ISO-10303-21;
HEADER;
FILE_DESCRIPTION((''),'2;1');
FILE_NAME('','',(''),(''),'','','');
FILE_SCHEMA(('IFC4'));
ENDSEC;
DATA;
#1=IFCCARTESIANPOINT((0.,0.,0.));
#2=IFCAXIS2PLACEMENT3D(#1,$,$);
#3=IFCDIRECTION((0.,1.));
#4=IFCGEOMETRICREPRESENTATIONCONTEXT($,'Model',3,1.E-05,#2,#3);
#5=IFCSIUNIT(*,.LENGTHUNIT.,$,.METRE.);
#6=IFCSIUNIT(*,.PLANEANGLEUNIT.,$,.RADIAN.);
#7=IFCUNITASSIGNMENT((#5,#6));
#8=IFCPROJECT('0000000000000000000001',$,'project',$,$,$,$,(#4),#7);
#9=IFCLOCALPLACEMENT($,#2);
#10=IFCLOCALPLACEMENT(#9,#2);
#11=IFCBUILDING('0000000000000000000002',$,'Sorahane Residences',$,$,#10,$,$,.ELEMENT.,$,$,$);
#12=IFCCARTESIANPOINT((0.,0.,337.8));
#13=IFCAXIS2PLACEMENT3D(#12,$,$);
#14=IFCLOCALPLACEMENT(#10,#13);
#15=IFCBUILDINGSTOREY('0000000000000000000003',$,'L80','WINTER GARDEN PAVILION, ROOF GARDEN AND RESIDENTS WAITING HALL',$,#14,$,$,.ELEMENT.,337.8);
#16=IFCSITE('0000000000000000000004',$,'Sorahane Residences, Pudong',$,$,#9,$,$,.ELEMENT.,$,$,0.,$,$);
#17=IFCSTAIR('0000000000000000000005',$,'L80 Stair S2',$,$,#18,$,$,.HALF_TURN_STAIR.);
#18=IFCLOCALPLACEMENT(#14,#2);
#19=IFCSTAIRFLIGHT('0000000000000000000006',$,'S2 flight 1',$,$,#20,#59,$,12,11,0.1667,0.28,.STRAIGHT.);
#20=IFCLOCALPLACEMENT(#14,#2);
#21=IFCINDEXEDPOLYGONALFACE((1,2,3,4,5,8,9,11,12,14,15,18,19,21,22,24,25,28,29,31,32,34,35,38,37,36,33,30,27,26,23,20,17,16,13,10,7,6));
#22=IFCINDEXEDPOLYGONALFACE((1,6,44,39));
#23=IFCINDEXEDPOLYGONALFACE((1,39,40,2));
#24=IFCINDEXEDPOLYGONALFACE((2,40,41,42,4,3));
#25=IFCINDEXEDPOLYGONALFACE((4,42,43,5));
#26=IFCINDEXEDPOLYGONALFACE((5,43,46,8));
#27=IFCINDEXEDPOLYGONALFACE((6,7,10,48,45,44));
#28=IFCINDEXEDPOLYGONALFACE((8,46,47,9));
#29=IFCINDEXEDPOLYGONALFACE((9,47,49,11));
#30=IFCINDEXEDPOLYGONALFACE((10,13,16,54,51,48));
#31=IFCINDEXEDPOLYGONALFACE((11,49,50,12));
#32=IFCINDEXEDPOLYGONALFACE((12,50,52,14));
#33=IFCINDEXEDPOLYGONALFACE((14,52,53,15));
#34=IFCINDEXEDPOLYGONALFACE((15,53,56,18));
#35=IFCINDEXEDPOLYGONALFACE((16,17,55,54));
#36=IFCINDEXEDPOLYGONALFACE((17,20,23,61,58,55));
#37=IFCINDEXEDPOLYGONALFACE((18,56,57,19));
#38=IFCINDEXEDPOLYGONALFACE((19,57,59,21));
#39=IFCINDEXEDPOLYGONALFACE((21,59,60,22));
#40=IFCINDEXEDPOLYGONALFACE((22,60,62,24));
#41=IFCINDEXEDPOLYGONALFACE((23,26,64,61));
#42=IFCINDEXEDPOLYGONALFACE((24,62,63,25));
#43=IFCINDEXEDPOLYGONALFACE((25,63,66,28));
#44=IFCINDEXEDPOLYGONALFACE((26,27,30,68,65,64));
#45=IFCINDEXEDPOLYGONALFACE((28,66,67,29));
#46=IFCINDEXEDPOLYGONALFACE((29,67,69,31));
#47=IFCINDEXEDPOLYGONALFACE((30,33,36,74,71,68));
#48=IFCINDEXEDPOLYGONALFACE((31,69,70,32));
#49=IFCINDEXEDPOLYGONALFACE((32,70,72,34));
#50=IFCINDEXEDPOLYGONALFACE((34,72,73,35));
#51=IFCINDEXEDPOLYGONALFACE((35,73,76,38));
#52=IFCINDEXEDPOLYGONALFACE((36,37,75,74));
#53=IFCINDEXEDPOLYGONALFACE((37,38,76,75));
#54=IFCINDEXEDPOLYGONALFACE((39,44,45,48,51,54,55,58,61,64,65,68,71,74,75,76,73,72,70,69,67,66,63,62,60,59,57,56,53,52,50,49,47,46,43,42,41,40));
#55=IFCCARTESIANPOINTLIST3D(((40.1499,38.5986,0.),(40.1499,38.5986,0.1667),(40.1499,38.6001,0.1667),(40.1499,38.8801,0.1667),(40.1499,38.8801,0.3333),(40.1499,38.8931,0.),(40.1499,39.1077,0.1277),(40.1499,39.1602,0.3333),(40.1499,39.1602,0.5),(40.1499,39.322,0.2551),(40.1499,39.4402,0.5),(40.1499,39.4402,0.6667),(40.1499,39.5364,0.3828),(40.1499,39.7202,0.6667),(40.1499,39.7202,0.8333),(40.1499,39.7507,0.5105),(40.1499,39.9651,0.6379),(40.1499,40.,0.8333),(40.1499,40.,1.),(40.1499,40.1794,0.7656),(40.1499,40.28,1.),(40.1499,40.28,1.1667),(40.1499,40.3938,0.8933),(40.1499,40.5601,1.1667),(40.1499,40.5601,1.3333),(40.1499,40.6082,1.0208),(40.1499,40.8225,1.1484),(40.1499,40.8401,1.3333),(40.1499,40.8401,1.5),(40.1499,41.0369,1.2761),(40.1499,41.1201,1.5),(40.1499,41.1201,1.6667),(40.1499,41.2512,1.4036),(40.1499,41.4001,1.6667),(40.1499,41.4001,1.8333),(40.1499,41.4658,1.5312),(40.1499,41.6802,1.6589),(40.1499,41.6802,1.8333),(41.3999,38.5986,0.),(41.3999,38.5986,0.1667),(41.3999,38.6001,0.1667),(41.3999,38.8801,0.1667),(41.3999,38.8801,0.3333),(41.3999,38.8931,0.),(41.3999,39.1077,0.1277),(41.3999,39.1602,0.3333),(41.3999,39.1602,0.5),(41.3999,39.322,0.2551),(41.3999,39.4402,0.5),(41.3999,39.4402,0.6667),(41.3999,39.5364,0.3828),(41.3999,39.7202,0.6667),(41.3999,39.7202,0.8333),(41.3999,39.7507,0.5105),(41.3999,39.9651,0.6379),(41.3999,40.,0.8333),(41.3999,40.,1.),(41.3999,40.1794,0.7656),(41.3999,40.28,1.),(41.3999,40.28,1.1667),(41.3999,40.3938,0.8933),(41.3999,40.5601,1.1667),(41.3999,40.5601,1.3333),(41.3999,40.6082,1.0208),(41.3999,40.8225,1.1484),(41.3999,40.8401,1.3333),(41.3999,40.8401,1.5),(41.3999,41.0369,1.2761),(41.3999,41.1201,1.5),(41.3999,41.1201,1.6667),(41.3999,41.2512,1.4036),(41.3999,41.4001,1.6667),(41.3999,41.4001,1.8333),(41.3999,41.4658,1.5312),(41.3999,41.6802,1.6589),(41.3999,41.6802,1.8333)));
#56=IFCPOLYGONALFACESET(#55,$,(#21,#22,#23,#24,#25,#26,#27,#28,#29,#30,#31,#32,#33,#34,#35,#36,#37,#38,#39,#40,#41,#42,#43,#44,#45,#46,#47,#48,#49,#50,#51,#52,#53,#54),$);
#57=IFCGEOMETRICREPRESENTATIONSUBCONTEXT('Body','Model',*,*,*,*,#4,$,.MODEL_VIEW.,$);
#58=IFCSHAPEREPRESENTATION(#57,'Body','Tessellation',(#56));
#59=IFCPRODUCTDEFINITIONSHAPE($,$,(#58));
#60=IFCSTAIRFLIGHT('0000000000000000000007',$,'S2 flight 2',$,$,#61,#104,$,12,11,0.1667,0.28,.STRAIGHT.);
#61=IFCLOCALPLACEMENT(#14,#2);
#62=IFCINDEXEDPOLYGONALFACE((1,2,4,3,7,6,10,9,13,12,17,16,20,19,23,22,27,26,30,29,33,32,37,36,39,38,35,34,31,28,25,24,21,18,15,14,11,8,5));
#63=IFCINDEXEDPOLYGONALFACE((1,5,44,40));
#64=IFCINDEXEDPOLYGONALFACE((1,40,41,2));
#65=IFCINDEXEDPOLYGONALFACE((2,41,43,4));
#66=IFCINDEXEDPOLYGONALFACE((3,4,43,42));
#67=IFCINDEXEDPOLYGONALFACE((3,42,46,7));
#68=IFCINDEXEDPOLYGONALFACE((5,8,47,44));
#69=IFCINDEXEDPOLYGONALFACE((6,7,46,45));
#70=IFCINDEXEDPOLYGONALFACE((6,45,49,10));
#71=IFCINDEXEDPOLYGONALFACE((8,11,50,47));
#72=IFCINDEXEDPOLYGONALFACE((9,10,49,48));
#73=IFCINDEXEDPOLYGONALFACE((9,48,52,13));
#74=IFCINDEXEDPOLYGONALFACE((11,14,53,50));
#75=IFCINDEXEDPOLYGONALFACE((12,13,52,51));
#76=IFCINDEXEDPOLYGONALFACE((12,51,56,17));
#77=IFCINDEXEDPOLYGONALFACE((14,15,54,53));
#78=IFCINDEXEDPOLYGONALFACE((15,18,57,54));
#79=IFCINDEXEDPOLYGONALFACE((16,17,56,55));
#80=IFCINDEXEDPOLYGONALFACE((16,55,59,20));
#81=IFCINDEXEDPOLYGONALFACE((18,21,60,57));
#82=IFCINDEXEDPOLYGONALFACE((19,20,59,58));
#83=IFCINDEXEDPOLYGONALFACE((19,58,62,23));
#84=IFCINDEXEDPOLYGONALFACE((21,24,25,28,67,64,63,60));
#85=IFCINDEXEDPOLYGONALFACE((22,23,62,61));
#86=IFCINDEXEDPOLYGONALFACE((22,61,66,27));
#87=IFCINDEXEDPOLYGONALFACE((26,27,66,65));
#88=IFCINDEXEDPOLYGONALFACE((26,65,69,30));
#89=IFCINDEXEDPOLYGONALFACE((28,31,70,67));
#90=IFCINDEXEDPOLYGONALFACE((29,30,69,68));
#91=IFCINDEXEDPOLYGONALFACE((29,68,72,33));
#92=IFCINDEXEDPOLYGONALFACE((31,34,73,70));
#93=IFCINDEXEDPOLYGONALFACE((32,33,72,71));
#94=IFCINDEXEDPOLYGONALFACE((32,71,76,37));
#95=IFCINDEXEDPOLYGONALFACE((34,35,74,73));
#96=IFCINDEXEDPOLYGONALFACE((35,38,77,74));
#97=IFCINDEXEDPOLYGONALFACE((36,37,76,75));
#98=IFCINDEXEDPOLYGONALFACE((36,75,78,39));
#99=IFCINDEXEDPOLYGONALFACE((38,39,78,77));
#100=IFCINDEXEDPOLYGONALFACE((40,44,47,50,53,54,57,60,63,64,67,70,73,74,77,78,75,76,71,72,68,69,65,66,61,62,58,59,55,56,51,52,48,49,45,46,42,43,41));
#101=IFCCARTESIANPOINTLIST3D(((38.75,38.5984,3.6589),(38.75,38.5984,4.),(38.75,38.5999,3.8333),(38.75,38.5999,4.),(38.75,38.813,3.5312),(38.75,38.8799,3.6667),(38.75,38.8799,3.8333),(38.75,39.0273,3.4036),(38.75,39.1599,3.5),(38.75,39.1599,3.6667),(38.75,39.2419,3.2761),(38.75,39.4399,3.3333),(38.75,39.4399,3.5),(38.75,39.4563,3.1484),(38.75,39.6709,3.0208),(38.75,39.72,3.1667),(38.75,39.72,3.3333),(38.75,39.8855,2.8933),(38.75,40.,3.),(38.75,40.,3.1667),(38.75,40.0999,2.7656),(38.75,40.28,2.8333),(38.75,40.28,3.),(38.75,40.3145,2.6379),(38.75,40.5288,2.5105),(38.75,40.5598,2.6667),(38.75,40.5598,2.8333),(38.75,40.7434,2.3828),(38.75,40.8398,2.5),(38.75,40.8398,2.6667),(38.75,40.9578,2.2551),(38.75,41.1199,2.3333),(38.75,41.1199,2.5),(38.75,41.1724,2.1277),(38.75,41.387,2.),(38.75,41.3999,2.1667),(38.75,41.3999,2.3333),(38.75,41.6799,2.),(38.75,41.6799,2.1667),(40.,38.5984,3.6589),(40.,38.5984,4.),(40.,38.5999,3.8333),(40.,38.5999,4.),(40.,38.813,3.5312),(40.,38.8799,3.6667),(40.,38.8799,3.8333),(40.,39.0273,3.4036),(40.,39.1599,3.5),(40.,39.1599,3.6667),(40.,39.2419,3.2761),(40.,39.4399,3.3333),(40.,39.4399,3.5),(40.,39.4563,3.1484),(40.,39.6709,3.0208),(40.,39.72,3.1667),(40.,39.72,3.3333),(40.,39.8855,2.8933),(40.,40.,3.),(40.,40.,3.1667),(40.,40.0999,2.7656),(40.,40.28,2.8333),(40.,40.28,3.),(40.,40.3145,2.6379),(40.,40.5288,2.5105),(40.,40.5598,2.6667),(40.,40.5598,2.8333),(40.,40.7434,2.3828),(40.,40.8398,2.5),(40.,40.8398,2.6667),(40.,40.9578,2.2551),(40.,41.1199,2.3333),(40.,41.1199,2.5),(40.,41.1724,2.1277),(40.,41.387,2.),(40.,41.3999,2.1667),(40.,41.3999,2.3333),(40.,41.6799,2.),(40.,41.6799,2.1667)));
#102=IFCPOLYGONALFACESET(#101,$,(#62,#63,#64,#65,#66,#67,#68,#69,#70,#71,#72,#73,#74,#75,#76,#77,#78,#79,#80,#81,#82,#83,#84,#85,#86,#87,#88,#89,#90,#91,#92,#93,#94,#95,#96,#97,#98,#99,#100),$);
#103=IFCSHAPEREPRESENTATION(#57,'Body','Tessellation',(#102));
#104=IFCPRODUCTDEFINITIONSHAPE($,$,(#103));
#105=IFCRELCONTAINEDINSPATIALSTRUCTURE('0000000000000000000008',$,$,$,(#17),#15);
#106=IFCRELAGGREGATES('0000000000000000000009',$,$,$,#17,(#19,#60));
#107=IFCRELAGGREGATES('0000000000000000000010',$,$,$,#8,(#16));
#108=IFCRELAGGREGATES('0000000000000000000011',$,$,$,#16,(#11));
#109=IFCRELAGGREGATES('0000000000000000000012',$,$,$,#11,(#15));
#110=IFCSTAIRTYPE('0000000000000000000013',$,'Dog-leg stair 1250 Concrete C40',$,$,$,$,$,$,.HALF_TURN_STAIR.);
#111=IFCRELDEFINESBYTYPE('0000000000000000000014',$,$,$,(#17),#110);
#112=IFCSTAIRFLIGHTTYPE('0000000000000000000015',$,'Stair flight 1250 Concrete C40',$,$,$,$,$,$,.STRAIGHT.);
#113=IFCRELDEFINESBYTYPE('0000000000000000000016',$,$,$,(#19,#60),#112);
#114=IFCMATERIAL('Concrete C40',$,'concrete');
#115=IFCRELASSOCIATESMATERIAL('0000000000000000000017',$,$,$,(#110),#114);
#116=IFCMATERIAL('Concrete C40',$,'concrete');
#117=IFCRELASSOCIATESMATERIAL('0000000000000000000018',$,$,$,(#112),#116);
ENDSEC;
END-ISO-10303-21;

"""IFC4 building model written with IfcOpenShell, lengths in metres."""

from ifc_helpers import new_model, si_unit, direction, frame, origin, place, context, subcontext, project, spatial, polyline, outline, extrude, material, type_object, element, aggregate, save


model = new_model("IFC4")

# Units and contexts
model_context = context("Model", 3, precision=1e-05, world=origin(), true_north=direction((0.0, 1.0)))
body_context = subcontext(model_context, "Body", "Model", "MODEL_VIEW")
ifc_project = project(units=[si_unit("LENGTHUNIT", "METRE"), si_unit("PLANEANGLEUNIT", "RADIAN")], contexts=[model_context])

# Site, building, storey
site_placement = place(None, origin())
site = spatial("IfcSite", under=ifc_project, at=site_placement, Name="Sorahane Residences, Pudong", CompositionType="ELEMENT", RefElevation=0.0)
building_placement = place(site_placement, origin())
building = spatial("IfcBuilding", under=site, at=building_placement, Name="Sorahane Residences", CompositionType="ELEMENT")
storey_placement = place(building_placement, frame((0.0, 0.0, 337.8)))
storey = spatial("IfcBuildingStorey", under=building, at=storey_placement, Name="L80", Description="WINTER GARDEN PAVILION, ROOF GARDEN AND RESIDENTS WAITING HALL", CompositionType="ELEMENT", Elevation=337.8)

# Stair, stair flights
ifc_material_1 = material(Name="Concrete C40", Category="concrete")
stair_type = type_object("IfcStairType", Name="Dog-leg stair 1250 Concrete C40", PredefinedType="HALF_TURN_STAIR", material=ifc_material_1)
stair_placement = place(storey_placement, origin())
stair = element("IfcStair", 1, at=stair_placement, inside=storey, type_object=stair_type, Name="L80 Stair S2", PredefinedType="HALF_TURN_STAIR")
ifc_material_2 = material(Name="Concrete C40", Category="concrete")
stair_flight_type = type_object("IfcStairFlightType", Name="Stair flight 1250 Concrete C40", PredefinedType="STRAIGHT", material=ifc_material_2)
stair_flight_1_placement = place(storey_placement, frame((40.7749, 38.6001, 0.0), z_axis=(0.0, 0.0, 1.0), x_axis=(0.0, 1.0, 0.0)))
stair_flight_1 = element("IfcStairFlight", 2, at=stair_flight_1_placement, type_object=stair_flight_type, Name="S2 flight 1", NumberOfRisers=12, NumberOfTreads=11, PredefinedType="STRAIGHT", RiserHeight=0.1667, TreadLength=0.28, context=body_context, shape_type="SweptSolid", body=[
    extrude(outline(polyline([(-0.0015, 0.0), (-0.0015, 0.1667), (0.0, 0.1667), (0.28, 0.1667), (0.28, 0.3333), (0.5601, 0.3333), (0.5601, 0.5), (0.8401, 0.5), (0.8401, 0.6667), (1.1201, 0.6667), (1.1201, 0.8333), (1.3999, 0.8333), (1.3999, 1.0), (1.6799, 1.0), (1.6799, 1.1667), (1.96, 1.1667), (1.96, 1.3333), (2.24, 1.3333), (2.24, 1.5), (2.52, 1.5), (2.52, 1.6667), (2.8, 1.6667), (2.8, 1.8333), (3.0801, 1.8333), (3.0801, 2.0), (3.0801, 1.6589), (2.8657, 1.5312), (2.6511, 1.4036), (2.4368, 1.2761), (2.2224, 1.1484), (2.0081, 1.0208), (1.7937, 0.8933), (1.5793, 0.7656), (1.365, 0.6379), (1.1506, 0.5105), (0.9363, 0.3828), (0.7219, 0.2551), (0.5076, 0.1277), (0.293, 0.0), (-0.0015, 0.0)])), frame((0.0, 0.625, 0.0), z_axis=(0.0, -1.0, 0.0), x_axis=(1.0, 0.0, 0.0)), (0.0, 0.0, 1.0), 1.25),
])
stair_flight_2_placement = place(storey_placement, frame((39.375, 41.6799, 2.0), z_axis=(0.0, 0.0, 1.0), x_axis=(0.0, -1.0, 0.0)))
stair_flight_2 = element("IfcStairFlight", 3, at=stair_flight_2_placement, type_object=stair_flight_type, Name="S2 flight 2", NumberOfRisers=12, NumberOfTreads=11, PredefinedType="STRAIGHT", RiserHeight=0.1667, TreadLength=0.28, context=body_context, shape_type="SweptSolid", body=[
    extrude(outline(polyline([(0.0, 0.0), (0.0, 0.1667), (0.28, 0.1667), (0.28, 0.3333), (0.5601, 0.3333), (0.5601, 0.5), (0.8401, 0.5), (0.8401, 0.6667), (1.1201, 0.6667), (1.1201, 0.8333), (1.3999, 0.8333), (1.3999, 1.0), (1.6799, 1.0), (1.6799, 1.1667), (1.96, 1.1667), (1.96, 1.3333), (2.24, 1.3333), (2.24, 1.5), (2.52, 1.5), (2.52, 1.6667), (2.8, 1.6667), (2.8, 1.8333), (3.0801, 1.8333), (3.0801, 2.0), (3.0815, 2.0), (3.0815, 1.6589), (2.8669, 1.5312), (2.6526, 1.4036), (2.438, 1.2761), (2.2236, 1.1484), (2.009, 1.0208), (1.7944, 0.8933), (1.5801, 0.7656), (1.3655, 0.6379), (1.1511, 0.5105), (0.9365, 0.3828), (0.7222, 0.2551), (0.5076, 0.1277), (0.293, 0.0), (0.0, 0.0)])), frame((0.0, 0.625, 0.0), z_axis=(0.0, -1.0, 0.0), x_axis=(1.0, 0.0, 0.0)), (0.0, 0.0, 1.0), 1.25),
])
aggregate(stair, [stair_flight_1, stair_flight_2])

save(model, "model.ifc")
